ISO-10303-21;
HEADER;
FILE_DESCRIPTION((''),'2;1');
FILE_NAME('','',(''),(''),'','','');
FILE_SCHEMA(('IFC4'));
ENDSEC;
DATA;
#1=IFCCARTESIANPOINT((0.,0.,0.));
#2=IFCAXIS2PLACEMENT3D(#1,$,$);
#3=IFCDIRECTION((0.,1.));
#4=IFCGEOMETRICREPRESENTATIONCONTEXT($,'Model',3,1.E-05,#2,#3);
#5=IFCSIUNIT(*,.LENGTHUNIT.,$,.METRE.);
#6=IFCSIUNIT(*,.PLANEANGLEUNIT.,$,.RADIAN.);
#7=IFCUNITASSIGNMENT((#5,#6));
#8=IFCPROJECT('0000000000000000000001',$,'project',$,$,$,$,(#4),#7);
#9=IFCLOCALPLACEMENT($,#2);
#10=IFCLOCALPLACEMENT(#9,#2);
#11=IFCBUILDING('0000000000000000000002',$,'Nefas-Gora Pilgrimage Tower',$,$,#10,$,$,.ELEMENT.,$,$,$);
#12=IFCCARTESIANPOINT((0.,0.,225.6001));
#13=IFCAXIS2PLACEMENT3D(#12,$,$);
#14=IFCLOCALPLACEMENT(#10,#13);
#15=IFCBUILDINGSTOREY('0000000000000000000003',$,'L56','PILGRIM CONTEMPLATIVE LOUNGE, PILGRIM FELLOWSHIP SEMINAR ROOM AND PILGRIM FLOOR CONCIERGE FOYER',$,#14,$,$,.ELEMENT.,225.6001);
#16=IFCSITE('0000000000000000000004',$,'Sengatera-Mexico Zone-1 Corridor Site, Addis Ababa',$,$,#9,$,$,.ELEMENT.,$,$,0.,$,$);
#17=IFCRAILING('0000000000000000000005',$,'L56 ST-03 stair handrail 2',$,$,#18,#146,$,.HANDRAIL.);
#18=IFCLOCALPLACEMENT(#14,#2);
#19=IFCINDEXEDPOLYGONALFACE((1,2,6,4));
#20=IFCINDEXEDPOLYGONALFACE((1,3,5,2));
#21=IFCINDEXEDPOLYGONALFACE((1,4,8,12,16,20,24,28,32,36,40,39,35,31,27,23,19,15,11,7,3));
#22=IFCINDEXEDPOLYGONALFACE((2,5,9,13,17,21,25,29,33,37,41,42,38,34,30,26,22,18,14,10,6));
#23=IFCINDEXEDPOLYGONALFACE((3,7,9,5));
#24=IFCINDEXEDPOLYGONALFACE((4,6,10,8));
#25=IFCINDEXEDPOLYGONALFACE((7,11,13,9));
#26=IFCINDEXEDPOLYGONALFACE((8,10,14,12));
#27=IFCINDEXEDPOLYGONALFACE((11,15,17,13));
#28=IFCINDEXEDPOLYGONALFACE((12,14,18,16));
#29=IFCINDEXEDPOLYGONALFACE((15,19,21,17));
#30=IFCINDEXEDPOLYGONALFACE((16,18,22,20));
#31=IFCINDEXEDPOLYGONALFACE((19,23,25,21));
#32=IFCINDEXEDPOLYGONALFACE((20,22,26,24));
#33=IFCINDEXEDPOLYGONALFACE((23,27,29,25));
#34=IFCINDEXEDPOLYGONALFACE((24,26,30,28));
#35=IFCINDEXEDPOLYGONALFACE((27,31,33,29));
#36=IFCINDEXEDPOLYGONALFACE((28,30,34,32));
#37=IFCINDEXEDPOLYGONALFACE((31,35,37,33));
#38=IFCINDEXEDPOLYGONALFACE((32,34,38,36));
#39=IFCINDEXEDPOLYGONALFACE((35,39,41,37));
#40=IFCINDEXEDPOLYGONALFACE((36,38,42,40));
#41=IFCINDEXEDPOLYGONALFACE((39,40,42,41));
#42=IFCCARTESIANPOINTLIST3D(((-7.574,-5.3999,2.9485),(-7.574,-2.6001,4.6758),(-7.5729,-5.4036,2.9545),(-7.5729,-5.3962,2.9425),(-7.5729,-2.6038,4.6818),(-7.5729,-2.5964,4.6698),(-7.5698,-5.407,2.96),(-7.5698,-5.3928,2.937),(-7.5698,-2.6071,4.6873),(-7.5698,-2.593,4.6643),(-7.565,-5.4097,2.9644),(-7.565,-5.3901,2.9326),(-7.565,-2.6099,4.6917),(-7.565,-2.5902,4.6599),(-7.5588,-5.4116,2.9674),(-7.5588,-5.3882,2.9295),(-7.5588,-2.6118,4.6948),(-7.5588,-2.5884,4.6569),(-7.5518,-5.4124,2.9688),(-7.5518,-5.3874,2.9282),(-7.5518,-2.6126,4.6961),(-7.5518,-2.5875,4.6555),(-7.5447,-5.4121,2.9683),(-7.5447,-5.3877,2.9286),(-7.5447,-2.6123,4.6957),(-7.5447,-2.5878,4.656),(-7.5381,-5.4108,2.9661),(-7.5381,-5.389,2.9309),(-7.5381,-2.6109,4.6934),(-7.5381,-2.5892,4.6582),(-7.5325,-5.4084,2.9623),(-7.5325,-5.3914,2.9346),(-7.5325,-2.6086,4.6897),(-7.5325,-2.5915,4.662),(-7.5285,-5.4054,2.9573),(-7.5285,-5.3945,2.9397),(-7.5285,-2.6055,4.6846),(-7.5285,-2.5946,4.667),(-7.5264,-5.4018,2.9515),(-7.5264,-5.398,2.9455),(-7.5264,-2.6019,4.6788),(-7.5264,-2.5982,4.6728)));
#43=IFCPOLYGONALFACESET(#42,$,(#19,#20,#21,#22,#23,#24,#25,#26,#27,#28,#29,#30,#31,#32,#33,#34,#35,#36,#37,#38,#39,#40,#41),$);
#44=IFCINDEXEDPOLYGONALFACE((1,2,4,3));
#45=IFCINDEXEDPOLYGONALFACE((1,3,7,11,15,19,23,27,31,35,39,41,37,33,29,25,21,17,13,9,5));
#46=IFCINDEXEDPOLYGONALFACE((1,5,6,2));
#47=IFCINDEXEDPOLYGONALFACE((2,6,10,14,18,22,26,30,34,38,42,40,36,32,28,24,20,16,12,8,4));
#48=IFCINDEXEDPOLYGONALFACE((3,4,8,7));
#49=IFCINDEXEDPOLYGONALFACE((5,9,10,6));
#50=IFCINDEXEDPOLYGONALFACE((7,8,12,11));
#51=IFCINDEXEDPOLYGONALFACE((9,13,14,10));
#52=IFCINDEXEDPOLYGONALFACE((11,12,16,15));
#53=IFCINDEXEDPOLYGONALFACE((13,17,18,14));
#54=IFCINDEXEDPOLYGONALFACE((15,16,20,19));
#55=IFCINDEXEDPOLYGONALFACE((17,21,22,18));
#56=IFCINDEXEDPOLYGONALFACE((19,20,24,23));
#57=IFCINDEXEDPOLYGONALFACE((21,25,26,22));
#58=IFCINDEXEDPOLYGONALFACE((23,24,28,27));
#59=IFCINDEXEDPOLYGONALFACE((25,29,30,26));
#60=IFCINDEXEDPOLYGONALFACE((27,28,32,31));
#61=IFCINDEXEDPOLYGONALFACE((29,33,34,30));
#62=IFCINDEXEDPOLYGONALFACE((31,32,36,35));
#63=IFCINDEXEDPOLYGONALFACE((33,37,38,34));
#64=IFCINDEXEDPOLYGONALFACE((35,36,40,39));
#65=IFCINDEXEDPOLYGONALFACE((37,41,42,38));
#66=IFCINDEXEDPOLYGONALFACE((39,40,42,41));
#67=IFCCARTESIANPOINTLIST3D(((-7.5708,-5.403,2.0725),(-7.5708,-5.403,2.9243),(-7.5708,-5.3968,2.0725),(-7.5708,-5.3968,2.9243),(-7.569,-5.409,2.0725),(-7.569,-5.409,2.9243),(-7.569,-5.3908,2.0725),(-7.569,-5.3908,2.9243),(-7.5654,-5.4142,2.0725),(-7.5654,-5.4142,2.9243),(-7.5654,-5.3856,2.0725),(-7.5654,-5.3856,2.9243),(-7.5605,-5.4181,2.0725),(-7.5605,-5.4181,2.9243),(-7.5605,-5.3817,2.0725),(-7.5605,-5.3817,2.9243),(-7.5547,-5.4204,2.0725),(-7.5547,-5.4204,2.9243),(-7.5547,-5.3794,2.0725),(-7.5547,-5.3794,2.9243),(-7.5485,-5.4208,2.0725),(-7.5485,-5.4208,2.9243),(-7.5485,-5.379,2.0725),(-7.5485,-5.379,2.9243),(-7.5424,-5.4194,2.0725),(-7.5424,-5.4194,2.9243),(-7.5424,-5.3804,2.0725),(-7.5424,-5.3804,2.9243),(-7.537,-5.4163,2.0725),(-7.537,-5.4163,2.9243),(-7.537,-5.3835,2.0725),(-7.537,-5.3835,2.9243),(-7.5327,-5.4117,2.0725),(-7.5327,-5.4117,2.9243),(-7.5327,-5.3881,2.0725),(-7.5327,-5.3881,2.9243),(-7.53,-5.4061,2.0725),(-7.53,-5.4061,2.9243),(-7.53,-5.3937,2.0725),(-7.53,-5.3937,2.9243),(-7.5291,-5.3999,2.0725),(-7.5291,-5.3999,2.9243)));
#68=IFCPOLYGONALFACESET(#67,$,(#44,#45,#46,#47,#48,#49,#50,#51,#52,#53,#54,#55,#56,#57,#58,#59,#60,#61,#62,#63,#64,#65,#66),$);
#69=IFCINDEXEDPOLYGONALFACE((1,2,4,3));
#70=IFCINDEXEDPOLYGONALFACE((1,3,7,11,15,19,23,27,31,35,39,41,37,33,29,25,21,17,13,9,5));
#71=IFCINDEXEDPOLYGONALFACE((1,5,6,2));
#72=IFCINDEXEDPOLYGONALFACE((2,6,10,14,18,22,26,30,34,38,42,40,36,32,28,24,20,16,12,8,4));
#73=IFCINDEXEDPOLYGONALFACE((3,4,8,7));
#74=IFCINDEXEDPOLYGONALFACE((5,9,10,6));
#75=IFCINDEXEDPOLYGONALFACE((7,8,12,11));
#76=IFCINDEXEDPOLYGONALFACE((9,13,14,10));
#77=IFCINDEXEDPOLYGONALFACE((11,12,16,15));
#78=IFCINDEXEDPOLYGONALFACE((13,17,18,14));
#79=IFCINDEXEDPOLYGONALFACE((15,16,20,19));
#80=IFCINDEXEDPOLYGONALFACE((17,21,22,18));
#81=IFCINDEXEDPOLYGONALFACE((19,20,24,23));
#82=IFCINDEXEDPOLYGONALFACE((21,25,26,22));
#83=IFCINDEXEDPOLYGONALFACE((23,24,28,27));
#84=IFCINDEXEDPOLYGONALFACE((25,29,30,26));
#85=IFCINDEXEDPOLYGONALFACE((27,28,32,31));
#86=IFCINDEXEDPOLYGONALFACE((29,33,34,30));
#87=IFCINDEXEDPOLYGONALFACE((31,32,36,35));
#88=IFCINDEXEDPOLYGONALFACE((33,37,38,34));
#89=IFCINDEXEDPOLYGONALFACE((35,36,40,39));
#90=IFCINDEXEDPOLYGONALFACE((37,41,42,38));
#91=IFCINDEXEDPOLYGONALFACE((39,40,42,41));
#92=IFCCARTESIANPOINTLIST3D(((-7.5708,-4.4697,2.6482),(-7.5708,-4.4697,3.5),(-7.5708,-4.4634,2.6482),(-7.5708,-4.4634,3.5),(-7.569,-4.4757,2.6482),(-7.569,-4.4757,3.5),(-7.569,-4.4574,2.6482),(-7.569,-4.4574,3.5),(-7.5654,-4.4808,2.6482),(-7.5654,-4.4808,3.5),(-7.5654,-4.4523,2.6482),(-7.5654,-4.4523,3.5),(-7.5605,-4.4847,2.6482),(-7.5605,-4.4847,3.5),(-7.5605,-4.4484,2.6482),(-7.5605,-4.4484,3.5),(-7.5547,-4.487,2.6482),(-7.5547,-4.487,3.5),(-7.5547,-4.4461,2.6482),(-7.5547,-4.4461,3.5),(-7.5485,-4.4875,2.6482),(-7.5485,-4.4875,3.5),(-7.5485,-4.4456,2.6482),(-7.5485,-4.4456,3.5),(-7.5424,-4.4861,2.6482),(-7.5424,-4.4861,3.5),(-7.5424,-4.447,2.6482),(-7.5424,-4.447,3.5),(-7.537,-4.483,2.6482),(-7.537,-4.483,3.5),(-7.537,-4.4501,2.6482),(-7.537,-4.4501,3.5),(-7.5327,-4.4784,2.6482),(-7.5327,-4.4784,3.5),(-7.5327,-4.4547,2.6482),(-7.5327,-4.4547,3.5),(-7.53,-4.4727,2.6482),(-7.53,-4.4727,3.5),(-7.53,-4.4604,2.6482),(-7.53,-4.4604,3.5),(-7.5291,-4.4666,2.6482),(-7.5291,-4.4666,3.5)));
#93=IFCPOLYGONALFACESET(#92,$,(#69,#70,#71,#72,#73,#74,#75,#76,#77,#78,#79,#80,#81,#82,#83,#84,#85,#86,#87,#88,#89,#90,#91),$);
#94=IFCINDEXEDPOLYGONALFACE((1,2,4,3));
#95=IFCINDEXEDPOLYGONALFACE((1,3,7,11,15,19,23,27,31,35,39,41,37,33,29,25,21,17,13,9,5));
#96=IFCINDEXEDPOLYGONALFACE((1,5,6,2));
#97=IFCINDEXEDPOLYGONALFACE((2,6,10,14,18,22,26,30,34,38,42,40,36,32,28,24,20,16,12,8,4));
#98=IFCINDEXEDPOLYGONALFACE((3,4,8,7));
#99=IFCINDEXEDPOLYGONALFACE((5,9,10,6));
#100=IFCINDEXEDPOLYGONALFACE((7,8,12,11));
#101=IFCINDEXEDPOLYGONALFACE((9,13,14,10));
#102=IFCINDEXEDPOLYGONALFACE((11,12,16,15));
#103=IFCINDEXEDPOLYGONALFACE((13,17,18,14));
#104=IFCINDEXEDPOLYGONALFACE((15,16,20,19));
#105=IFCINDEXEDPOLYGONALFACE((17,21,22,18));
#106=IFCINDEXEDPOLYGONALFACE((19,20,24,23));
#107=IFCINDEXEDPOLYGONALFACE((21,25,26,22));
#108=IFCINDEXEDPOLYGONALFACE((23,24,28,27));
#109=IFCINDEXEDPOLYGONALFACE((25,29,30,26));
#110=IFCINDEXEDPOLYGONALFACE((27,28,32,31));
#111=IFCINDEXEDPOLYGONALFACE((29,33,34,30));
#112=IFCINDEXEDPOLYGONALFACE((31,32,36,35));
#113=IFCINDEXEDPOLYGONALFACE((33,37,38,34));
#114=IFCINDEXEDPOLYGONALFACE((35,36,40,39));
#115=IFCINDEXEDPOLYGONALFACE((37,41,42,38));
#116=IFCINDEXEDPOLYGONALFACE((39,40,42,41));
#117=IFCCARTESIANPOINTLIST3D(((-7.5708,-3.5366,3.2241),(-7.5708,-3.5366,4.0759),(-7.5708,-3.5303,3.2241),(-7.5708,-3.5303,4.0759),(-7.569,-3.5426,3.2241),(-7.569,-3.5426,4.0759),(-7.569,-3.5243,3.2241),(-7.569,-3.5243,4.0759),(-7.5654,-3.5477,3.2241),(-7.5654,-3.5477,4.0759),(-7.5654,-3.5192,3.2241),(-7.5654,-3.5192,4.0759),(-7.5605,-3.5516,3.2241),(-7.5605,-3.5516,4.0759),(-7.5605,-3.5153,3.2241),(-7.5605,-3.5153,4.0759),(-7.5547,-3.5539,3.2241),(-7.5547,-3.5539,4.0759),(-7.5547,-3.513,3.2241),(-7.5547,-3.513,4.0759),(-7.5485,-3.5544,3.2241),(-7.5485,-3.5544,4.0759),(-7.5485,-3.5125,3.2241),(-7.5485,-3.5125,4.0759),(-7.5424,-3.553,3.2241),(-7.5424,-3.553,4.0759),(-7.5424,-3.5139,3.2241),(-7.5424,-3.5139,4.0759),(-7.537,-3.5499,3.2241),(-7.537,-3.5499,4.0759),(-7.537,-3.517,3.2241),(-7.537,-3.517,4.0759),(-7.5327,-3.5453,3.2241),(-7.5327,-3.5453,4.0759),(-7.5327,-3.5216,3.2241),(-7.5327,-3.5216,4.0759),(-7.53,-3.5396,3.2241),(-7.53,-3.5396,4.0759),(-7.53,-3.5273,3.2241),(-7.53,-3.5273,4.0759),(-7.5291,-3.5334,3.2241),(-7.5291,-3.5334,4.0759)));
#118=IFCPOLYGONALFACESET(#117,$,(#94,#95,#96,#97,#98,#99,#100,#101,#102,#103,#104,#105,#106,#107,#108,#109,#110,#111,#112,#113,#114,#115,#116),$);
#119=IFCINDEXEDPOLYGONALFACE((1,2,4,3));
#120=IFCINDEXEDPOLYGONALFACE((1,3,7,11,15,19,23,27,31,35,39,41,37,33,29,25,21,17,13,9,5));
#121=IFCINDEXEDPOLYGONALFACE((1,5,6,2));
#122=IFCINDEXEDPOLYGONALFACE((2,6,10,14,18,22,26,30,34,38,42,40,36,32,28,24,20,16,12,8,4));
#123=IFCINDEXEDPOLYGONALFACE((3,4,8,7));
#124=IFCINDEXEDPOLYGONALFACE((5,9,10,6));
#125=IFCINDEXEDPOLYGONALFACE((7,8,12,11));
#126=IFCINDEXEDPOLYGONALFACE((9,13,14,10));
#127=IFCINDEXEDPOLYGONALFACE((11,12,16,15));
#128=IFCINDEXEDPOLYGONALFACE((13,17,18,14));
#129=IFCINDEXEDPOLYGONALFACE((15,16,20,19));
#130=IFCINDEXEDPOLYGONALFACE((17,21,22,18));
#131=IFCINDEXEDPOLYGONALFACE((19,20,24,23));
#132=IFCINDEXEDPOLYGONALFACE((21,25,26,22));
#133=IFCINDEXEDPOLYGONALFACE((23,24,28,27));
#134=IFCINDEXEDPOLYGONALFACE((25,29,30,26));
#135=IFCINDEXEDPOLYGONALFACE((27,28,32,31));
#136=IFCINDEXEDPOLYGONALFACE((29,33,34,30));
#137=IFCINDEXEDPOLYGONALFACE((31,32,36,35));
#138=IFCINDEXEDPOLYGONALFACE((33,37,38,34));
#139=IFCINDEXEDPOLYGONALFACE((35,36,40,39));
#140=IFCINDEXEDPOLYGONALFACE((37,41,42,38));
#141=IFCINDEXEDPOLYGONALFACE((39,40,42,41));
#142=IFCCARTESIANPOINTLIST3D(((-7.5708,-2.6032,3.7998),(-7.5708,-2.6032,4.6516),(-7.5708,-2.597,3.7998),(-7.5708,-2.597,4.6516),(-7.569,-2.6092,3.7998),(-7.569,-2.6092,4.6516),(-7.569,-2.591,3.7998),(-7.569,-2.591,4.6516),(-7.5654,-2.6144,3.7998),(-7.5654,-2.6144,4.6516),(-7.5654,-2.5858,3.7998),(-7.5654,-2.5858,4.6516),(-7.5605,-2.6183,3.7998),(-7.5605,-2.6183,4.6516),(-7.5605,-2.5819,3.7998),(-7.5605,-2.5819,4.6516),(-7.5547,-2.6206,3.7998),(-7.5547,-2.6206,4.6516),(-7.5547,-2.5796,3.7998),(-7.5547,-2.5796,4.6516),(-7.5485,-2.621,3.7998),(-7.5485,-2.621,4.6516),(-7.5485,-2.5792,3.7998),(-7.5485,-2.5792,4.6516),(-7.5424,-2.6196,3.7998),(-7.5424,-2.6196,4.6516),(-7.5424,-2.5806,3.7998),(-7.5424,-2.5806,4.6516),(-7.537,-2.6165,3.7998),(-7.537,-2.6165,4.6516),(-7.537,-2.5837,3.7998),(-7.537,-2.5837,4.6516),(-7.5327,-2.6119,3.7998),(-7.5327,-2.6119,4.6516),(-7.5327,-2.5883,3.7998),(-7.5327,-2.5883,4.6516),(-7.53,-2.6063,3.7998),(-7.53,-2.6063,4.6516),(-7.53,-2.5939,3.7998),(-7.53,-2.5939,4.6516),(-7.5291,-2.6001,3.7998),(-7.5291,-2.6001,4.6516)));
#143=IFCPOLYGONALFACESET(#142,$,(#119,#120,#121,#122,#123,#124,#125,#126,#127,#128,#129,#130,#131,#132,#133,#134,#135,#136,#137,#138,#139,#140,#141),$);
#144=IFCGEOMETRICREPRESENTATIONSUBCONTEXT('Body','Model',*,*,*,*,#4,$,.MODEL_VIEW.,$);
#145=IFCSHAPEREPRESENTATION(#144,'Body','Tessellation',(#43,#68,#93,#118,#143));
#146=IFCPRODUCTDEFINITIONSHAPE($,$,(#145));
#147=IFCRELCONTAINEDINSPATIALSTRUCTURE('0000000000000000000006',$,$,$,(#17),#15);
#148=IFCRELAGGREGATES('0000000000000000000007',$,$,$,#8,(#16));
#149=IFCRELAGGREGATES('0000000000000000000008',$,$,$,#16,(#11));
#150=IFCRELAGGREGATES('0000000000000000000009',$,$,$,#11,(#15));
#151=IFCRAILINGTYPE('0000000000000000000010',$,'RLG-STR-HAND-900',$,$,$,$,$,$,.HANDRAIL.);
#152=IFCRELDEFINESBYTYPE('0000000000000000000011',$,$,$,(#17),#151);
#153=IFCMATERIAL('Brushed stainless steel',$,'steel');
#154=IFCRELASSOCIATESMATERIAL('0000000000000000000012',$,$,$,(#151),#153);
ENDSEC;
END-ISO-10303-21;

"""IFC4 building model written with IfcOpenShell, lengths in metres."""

from ifc_helpers import new_model, si_unit, direction, frame, origin, origin_2d, place, context, subcontext, project, spatial, circle, extrude, material, type_object, element, save


model = new_model("IFC4")

# Units and contexts
model_context = context("Model", 3, precision=1e-05, world=origin(), true_north=direction((0.0, 1.0)))
body_context = subcontext(model_context, "Body", "Model", "MODEL_VIEW")
ifc_project = project(units=[si_unit("LENGTHUNIT", "METRE"), si_unit("PLANEANGLEUNIT", "RADIAN")], contexts=[model_context])

# Site, building, storey
site_placement = place(None, origin())
site = spatial("IfcSite", under=ifc_project, at=site_placement, Name="Sengatera-Mexico Zone-1 Corridor Site, Addis Ababa", CompositionType="ELEMENT", RefElevation=0.0)
building_placement = place(site_placement, origin())
building = spatial("IfcBuilding", under=site, at=building_placement, Name="Nefas-Gora Pilgrimage Tower", CompositionType="ELEMENT")
storey_placement = place(building_placement, frame((0.0, 0.0, 225.6001)))
storey = spatial("IfcBuildingStorey", under=building, at=storey_placement, Name="L56", Description="PILGRIM CONTEMPLATIVE LOUNGE, PILGRIM FELLOWSHIP SEMINAR ROOM AND PILGRIM FLOOR CONCIERGE FOYER", CompositionType="ELEMENT", Elevation=225.6001)

# Railing
ifc_material_1 = material(Name="Brushed stainless steel", Category="steel")
railing_type_1 = type_object("IfcRailingType", Name="RLG-STR-HAND-900", PredefinedType="HANDRAIL", material=ifc_material_1)
railing_1_placement = place(storey_placement, frame((-7.55, -5.3999, 2.0725)))
element("IfcRailing", 1, at=railing_1_placement, inside=storey, type_object=railing_type_1, Name="L56 ST-03 stair handrail 2", PredefinedType="HANDRAIL", context=body_context, shape_type="SweptSolid", body=[
    extrude(circle(Radius=0.0239, at=origin_2d()), frame((0.0, 0.0, 0.876), z_axis=(0.0, 0.851069, 0.525054), x_axis=(-1.0, 0.0, 0.0)), (0.0, 0.0, 1.0), 3.2898),
    extrude(circle(Radius=0.021, at=origin_2d()), origin(), (0.0, 0.0, 1.0), 0.8518),
    extrude(circle(Radius=0.021, at=origin_2d()), frame((0.0, 0.9333, 0.5757)), (0.0, 0.0, 1.0), 0.8518),
    extrude(circle(Radius=0.021, at=origin_2d()), frame((0.0, 1.8665, 1.1516)), (0.0, 0.0, 1.0), 0.8518),
    extrude(circle(Radius=0.021, at=origin_2d()), frame((0.0, 2.7998, 1.7273)), (0.0, 0.0, 1.0), 0.8518),
])

save(model, "model.ifc")
